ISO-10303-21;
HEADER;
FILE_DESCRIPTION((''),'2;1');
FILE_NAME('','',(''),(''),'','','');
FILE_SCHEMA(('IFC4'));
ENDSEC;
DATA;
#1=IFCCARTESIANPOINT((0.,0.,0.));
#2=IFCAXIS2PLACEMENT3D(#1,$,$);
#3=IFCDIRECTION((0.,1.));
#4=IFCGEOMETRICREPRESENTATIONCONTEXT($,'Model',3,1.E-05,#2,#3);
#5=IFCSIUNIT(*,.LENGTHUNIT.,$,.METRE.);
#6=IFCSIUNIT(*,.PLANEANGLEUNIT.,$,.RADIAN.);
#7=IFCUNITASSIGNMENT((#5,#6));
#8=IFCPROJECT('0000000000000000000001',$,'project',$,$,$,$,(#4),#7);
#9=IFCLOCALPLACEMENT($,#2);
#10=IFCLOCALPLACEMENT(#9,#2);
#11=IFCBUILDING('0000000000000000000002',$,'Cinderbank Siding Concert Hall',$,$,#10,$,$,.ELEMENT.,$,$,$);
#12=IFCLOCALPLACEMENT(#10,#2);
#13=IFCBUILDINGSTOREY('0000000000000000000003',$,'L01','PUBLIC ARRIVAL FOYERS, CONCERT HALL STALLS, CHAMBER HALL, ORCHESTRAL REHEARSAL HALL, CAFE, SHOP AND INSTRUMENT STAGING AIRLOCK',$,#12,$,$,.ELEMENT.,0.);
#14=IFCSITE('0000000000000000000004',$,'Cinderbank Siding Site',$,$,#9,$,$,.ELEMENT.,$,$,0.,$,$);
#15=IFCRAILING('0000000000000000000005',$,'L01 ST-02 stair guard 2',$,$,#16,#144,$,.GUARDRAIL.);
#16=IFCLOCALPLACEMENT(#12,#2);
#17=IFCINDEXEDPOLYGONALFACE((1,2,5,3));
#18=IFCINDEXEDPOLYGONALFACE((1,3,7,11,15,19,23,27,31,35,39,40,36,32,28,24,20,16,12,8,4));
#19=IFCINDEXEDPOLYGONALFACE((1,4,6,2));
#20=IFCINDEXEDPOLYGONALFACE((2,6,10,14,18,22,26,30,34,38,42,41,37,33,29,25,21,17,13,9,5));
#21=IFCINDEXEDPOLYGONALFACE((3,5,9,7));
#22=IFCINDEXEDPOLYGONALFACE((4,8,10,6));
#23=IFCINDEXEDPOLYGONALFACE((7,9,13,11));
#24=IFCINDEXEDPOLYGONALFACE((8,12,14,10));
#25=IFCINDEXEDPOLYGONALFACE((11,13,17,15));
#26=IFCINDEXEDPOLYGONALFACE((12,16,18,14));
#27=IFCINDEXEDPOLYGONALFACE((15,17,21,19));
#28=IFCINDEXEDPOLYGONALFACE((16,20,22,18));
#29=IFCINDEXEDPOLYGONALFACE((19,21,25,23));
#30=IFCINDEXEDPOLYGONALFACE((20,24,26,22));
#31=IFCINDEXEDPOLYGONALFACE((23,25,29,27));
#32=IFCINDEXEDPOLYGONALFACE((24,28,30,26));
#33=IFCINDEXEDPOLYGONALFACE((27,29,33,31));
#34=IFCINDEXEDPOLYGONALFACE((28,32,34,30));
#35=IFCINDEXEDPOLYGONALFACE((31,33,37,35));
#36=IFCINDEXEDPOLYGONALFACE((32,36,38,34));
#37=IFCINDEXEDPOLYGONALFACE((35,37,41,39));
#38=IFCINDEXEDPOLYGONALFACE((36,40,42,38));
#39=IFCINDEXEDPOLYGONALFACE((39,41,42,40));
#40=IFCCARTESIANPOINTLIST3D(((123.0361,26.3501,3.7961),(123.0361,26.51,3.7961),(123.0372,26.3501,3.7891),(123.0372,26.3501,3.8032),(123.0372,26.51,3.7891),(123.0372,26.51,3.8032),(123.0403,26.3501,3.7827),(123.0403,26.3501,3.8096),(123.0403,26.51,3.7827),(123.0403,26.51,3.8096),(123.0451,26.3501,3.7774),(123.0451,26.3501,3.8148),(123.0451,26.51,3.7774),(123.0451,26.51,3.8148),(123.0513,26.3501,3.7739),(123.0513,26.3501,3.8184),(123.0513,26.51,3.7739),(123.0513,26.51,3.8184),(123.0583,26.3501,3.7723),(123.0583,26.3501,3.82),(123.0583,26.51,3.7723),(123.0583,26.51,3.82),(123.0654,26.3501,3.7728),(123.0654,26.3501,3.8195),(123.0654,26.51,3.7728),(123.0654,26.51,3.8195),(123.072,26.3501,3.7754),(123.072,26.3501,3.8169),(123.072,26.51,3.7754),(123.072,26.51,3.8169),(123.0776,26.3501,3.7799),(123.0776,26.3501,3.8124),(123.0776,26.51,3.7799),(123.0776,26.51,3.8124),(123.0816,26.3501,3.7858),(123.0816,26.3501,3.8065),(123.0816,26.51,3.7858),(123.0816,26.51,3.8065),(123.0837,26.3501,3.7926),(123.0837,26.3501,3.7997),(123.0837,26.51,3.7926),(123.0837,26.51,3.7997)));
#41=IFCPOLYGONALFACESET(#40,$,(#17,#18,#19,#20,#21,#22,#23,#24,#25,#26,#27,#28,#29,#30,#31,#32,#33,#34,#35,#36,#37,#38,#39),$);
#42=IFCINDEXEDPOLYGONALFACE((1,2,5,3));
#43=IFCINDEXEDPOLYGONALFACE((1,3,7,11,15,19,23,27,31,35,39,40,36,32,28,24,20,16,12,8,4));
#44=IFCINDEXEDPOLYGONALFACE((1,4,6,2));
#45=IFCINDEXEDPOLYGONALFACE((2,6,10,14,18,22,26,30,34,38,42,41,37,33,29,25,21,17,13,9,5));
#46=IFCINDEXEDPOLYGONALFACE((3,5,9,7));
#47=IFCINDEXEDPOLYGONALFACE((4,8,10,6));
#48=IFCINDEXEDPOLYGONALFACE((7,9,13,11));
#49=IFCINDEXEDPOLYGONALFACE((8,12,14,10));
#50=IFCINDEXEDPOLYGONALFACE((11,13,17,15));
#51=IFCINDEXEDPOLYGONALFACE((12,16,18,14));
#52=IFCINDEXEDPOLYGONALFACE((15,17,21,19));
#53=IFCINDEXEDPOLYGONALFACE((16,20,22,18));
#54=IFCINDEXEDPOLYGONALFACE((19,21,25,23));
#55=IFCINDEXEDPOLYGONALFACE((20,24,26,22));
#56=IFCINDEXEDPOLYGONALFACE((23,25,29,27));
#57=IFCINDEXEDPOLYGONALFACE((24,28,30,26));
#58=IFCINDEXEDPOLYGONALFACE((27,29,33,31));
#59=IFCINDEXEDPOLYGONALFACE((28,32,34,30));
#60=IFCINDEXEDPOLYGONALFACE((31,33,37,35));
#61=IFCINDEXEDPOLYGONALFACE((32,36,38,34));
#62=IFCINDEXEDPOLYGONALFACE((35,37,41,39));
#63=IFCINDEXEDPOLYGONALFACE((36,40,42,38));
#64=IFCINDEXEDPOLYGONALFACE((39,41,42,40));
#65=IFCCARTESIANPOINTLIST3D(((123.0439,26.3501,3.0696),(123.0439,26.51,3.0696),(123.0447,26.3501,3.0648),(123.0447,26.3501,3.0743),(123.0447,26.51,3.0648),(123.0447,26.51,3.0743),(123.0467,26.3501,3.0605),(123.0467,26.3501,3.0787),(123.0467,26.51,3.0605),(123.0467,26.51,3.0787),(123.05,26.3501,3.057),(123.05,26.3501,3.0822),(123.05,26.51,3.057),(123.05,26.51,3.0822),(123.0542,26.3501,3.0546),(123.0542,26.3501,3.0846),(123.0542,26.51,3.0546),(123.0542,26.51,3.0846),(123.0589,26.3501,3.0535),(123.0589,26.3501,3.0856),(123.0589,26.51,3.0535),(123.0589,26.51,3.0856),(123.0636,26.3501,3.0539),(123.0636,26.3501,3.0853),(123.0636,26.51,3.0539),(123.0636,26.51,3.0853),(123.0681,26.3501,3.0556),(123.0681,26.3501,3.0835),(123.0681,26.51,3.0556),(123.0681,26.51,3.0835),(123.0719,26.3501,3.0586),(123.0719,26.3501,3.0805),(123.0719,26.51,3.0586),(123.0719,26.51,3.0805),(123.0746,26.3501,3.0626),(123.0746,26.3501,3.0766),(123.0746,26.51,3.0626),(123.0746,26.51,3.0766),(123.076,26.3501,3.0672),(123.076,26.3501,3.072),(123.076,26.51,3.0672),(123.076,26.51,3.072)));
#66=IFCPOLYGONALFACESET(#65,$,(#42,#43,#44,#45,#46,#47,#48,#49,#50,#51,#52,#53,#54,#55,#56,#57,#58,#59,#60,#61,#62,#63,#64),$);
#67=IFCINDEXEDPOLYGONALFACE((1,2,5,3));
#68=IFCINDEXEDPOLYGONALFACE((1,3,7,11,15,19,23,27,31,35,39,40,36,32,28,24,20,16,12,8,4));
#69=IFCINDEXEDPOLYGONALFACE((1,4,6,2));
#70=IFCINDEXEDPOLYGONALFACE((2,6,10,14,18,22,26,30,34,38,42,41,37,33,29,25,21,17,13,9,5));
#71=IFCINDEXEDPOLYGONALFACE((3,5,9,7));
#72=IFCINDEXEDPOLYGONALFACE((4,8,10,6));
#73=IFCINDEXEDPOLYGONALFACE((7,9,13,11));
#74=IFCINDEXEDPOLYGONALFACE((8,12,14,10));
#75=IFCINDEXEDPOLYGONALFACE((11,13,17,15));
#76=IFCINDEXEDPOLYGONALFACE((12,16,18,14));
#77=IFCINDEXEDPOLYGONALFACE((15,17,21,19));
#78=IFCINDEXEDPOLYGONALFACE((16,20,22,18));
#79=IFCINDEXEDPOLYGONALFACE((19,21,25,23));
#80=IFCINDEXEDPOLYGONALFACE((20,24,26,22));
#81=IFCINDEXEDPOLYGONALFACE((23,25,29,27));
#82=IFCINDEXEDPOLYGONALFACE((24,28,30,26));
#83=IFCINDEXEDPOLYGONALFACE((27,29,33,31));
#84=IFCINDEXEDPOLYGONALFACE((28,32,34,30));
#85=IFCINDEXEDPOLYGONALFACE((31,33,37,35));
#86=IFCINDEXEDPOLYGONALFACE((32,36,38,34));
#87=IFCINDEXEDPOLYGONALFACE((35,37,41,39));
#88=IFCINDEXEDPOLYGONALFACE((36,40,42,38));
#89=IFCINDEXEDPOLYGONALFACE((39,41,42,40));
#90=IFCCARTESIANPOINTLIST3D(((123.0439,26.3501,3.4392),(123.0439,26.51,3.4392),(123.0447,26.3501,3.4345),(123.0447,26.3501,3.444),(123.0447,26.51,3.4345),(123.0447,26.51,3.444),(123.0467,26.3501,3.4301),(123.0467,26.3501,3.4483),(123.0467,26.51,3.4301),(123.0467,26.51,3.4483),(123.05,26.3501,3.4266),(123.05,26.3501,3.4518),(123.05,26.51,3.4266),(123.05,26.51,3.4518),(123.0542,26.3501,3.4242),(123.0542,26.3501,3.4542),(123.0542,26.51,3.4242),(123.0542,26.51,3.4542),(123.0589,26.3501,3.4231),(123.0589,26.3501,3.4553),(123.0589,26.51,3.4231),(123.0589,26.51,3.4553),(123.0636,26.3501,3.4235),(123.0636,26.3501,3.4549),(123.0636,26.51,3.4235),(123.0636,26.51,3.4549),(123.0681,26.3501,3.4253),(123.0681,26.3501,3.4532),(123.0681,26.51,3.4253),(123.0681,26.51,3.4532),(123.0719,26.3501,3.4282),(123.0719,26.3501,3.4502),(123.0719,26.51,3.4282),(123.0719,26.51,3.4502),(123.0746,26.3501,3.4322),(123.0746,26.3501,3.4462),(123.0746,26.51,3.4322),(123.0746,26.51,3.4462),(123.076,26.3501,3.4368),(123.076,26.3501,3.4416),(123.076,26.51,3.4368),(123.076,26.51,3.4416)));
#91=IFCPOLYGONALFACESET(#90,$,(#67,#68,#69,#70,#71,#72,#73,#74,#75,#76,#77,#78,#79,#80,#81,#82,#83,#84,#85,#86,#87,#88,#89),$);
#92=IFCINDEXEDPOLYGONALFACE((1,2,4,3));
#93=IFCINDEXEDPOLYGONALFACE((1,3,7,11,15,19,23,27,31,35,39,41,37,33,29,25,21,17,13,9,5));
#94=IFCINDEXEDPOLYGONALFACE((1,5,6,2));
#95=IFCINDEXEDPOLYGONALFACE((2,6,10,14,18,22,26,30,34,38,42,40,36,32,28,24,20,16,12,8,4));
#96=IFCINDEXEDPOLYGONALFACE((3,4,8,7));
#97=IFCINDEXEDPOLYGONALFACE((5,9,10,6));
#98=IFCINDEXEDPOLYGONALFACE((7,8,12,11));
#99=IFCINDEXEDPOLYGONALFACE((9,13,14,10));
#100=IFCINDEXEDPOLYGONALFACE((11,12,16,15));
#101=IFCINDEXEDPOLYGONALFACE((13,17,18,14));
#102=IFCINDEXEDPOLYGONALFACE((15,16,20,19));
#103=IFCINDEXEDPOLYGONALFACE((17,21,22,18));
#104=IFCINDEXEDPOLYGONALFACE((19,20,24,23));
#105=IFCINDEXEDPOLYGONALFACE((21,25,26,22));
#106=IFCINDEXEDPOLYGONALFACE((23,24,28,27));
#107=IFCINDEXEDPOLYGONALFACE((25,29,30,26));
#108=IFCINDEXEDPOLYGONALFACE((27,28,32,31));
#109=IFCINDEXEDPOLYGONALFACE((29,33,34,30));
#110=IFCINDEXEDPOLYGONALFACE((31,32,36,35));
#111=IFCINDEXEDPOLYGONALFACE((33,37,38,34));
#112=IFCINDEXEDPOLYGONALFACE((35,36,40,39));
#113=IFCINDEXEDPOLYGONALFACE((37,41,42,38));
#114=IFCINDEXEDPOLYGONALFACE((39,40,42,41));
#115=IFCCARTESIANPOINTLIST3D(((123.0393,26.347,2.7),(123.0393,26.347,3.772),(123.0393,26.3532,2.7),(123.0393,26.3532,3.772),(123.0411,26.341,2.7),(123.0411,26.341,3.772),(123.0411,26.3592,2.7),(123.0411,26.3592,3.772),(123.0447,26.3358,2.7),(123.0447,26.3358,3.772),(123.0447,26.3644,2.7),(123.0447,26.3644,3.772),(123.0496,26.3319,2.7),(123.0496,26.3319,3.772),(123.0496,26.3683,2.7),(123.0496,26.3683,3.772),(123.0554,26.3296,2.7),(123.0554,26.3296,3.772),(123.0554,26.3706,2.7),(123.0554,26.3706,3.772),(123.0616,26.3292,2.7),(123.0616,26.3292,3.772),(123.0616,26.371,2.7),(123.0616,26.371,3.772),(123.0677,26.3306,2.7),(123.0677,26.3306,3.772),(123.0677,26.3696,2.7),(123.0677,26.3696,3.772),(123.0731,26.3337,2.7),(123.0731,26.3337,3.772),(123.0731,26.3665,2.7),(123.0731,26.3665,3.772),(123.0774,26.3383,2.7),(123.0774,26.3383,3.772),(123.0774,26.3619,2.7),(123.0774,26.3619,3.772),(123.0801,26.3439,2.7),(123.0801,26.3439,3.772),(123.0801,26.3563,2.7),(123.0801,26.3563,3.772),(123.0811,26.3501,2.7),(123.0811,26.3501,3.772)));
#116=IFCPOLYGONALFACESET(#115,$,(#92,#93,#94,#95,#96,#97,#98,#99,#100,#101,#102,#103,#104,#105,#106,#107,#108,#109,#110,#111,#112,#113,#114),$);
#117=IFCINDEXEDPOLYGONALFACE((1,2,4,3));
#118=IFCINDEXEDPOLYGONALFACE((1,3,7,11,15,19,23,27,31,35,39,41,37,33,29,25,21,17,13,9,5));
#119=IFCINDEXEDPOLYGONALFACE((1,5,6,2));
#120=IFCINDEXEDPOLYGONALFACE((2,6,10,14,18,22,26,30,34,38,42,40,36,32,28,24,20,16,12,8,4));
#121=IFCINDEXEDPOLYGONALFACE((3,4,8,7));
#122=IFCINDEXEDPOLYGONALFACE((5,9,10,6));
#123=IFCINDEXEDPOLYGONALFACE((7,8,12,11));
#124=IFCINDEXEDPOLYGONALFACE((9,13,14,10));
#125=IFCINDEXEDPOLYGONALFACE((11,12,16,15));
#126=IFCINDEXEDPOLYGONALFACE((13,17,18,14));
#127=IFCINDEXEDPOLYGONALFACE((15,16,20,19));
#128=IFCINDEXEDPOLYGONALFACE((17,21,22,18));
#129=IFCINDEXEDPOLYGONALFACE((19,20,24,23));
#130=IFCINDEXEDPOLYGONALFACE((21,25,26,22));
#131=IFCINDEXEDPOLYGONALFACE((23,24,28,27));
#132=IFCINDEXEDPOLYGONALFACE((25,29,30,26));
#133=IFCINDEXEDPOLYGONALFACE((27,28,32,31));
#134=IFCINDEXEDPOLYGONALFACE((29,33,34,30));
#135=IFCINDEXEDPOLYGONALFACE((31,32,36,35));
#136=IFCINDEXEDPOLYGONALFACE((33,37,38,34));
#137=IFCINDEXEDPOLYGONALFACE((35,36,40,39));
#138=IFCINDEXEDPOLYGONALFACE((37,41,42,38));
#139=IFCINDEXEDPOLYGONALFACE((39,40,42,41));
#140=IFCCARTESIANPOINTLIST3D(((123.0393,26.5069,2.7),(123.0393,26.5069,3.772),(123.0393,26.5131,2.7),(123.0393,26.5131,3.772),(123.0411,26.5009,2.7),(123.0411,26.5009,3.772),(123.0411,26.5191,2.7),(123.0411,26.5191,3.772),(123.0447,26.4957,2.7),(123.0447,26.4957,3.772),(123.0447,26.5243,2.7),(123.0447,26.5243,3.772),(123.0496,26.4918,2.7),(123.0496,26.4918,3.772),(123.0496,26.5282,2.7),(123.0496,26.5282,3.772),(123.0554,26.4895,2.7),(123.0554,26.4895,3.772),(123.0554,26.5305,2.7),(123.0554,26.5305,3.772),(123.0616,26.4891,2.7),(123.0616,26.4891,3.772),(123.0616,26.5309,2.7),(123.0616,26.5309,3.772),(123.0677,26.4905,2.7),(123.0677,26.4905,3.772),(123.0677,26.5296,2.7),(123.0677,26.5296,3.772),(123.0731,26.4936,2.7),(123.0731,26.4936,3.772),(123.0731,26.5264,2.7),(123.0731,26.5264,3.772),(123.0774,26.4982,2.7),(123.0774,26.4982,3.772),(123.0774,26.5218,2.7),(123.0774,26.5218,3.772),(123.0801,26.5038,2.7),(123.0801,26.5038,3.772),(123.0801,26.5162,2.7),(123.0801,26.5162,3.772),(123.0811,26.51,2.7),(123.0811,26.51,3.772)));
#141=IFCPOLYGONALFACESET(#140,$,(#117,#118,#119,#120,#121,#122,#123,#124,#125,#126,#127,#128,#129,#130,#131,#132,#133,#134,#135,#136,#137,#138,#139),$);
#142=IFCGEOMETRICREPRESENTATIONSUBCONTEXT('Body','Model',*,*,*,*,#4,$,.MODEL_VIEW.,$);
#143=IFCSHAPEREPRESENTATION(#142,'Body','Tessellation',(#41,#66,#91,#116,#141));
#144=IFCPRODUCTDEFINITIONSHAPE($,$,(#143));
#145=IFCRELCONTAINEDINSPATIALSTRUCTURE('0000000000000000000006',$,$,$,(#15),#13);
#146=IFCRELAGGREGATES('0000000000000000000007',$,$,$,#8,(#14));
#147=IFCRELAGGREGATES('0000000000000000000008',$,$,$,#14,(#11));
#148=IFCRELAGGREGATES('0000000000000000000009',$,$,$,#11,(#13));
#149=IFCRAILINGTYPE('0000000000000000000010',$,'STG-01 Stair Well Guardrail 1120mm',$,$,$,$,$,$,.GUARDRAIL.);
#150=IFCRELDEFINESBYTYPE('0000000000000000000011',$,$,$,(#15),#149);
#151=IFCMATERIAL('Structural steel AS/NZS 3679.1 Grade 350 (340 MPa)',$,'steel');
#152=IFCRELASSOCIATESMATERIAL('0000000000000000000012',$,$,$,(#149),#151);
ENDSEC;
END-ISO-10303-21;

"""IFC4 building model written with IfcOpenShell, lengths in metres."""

from ifc_helpers import new_model, si_unit, direction, frame, origin, origin_2d, place, context, subcontext, project, spatial, circle, extrude, material, type_object, element, save


model = new_model("IFC4")

# Units and contexts
model_context = context("Model", 3, precision=1e-05, world=origin(), true_north=direction((0.0, 1.0)))
body_context = subcontext(model_context, "Body", "Model", "MODEL_VIEW")
ifc_project = project(units=[si_unit("LENGTHUNIT", "METRE"), si_unit("PLANEANGLEUNIT", "RADIAN")], contexts=[model_context])

# Site, building, storey
site_placement = place(None, origin())
site = spatial("IfcSite", under=ifc_project, at=site_placement, Name="Cinderbank Siding Site", CompositionType="ELEMENT", RefElevation=0.0)
building_placement = place(site_placement, origin())
building = spatial("IfcBuilding", under=site, at=building_placement, Name="Cinderbank Siding Concert Hall", CompositionType="ELEMENT")
storey_placement = place(building_placement, origin())
storey = spatial("IfcBuildingStorey", under=building, at=storey_placement, Name="L01", Description="PUBLIC ARRIVAL FOYERS, CONCERT HALL STALLS, CHAMBER HALL, ORCHESTRAL REHEARSAL HALL, CAFE, SHOP AND INSTRUMENT STAGING AIRLOCK", CompositionType="ELEMENT", Elevation=0.0)

# Shared definitions
ifc_material_1 = material(Name="Structural steel AS/NZS 3679.1 Grade 350 (340 MPa)", Category="steel")

# Railing
railing_type_1 = type_object("IfcRailingType", Name="STG-01 Stair Well Guardrail 1120mm", PredefinedType="GUARDRAIL", material=ifc_material_1)
railing_1_placement = place(storey_placement, frame((123.0601, 26.3501, 2.7)))
element("IfcRailing", 1, at=railing_1_placement, inside=storey, type_object=railing_type_1, Name="L01 ST-02 stair guard 2", PredefinedType="GUARDRAIL", context=body_context, shape_type="SweptSolid", body=[
    extrude(circle(Radius=0.0239, at=origin_2d()), frame((0.0, 0.0, 1.0962), z_axis=(0.0, 1.0, 0.0), x_axis=(-1.0, 0.0, 0.0)), (0.0, 0.0, 1.0), 0.1599),
    extrude(circle(Radius=0.0161, at=origin_2d()), frame((0.0, 0.0, 0.3696), z_axis=(0.0, 1.0, 0.0), x_axis=(-1.0, 0.0, 0.0)), (0.0, 0.0, 1.0), 0.1599),
    extrude(circle(Radius=0.0161, at=origin_2d()), frame((0.0, 0.0, 0.7393), z_axis=(0.0, 1.0, 0.0), x_axis=(-1.0, 0.0, 0.0)), (0.0, 0.0, 1.0), 0.1599),
    extrude(circle(Radius=0.021, at=origin_2d()), origin(), (0.0, 0.0, 1.0), 1.072),
    extrude(circle(Radius=0.021, at=origin_2d()), frame((0.0, 0.1599, 0.0)), (0.0, 0.0, 1.0), 1.072),
])

save(model, "model.ifc")
